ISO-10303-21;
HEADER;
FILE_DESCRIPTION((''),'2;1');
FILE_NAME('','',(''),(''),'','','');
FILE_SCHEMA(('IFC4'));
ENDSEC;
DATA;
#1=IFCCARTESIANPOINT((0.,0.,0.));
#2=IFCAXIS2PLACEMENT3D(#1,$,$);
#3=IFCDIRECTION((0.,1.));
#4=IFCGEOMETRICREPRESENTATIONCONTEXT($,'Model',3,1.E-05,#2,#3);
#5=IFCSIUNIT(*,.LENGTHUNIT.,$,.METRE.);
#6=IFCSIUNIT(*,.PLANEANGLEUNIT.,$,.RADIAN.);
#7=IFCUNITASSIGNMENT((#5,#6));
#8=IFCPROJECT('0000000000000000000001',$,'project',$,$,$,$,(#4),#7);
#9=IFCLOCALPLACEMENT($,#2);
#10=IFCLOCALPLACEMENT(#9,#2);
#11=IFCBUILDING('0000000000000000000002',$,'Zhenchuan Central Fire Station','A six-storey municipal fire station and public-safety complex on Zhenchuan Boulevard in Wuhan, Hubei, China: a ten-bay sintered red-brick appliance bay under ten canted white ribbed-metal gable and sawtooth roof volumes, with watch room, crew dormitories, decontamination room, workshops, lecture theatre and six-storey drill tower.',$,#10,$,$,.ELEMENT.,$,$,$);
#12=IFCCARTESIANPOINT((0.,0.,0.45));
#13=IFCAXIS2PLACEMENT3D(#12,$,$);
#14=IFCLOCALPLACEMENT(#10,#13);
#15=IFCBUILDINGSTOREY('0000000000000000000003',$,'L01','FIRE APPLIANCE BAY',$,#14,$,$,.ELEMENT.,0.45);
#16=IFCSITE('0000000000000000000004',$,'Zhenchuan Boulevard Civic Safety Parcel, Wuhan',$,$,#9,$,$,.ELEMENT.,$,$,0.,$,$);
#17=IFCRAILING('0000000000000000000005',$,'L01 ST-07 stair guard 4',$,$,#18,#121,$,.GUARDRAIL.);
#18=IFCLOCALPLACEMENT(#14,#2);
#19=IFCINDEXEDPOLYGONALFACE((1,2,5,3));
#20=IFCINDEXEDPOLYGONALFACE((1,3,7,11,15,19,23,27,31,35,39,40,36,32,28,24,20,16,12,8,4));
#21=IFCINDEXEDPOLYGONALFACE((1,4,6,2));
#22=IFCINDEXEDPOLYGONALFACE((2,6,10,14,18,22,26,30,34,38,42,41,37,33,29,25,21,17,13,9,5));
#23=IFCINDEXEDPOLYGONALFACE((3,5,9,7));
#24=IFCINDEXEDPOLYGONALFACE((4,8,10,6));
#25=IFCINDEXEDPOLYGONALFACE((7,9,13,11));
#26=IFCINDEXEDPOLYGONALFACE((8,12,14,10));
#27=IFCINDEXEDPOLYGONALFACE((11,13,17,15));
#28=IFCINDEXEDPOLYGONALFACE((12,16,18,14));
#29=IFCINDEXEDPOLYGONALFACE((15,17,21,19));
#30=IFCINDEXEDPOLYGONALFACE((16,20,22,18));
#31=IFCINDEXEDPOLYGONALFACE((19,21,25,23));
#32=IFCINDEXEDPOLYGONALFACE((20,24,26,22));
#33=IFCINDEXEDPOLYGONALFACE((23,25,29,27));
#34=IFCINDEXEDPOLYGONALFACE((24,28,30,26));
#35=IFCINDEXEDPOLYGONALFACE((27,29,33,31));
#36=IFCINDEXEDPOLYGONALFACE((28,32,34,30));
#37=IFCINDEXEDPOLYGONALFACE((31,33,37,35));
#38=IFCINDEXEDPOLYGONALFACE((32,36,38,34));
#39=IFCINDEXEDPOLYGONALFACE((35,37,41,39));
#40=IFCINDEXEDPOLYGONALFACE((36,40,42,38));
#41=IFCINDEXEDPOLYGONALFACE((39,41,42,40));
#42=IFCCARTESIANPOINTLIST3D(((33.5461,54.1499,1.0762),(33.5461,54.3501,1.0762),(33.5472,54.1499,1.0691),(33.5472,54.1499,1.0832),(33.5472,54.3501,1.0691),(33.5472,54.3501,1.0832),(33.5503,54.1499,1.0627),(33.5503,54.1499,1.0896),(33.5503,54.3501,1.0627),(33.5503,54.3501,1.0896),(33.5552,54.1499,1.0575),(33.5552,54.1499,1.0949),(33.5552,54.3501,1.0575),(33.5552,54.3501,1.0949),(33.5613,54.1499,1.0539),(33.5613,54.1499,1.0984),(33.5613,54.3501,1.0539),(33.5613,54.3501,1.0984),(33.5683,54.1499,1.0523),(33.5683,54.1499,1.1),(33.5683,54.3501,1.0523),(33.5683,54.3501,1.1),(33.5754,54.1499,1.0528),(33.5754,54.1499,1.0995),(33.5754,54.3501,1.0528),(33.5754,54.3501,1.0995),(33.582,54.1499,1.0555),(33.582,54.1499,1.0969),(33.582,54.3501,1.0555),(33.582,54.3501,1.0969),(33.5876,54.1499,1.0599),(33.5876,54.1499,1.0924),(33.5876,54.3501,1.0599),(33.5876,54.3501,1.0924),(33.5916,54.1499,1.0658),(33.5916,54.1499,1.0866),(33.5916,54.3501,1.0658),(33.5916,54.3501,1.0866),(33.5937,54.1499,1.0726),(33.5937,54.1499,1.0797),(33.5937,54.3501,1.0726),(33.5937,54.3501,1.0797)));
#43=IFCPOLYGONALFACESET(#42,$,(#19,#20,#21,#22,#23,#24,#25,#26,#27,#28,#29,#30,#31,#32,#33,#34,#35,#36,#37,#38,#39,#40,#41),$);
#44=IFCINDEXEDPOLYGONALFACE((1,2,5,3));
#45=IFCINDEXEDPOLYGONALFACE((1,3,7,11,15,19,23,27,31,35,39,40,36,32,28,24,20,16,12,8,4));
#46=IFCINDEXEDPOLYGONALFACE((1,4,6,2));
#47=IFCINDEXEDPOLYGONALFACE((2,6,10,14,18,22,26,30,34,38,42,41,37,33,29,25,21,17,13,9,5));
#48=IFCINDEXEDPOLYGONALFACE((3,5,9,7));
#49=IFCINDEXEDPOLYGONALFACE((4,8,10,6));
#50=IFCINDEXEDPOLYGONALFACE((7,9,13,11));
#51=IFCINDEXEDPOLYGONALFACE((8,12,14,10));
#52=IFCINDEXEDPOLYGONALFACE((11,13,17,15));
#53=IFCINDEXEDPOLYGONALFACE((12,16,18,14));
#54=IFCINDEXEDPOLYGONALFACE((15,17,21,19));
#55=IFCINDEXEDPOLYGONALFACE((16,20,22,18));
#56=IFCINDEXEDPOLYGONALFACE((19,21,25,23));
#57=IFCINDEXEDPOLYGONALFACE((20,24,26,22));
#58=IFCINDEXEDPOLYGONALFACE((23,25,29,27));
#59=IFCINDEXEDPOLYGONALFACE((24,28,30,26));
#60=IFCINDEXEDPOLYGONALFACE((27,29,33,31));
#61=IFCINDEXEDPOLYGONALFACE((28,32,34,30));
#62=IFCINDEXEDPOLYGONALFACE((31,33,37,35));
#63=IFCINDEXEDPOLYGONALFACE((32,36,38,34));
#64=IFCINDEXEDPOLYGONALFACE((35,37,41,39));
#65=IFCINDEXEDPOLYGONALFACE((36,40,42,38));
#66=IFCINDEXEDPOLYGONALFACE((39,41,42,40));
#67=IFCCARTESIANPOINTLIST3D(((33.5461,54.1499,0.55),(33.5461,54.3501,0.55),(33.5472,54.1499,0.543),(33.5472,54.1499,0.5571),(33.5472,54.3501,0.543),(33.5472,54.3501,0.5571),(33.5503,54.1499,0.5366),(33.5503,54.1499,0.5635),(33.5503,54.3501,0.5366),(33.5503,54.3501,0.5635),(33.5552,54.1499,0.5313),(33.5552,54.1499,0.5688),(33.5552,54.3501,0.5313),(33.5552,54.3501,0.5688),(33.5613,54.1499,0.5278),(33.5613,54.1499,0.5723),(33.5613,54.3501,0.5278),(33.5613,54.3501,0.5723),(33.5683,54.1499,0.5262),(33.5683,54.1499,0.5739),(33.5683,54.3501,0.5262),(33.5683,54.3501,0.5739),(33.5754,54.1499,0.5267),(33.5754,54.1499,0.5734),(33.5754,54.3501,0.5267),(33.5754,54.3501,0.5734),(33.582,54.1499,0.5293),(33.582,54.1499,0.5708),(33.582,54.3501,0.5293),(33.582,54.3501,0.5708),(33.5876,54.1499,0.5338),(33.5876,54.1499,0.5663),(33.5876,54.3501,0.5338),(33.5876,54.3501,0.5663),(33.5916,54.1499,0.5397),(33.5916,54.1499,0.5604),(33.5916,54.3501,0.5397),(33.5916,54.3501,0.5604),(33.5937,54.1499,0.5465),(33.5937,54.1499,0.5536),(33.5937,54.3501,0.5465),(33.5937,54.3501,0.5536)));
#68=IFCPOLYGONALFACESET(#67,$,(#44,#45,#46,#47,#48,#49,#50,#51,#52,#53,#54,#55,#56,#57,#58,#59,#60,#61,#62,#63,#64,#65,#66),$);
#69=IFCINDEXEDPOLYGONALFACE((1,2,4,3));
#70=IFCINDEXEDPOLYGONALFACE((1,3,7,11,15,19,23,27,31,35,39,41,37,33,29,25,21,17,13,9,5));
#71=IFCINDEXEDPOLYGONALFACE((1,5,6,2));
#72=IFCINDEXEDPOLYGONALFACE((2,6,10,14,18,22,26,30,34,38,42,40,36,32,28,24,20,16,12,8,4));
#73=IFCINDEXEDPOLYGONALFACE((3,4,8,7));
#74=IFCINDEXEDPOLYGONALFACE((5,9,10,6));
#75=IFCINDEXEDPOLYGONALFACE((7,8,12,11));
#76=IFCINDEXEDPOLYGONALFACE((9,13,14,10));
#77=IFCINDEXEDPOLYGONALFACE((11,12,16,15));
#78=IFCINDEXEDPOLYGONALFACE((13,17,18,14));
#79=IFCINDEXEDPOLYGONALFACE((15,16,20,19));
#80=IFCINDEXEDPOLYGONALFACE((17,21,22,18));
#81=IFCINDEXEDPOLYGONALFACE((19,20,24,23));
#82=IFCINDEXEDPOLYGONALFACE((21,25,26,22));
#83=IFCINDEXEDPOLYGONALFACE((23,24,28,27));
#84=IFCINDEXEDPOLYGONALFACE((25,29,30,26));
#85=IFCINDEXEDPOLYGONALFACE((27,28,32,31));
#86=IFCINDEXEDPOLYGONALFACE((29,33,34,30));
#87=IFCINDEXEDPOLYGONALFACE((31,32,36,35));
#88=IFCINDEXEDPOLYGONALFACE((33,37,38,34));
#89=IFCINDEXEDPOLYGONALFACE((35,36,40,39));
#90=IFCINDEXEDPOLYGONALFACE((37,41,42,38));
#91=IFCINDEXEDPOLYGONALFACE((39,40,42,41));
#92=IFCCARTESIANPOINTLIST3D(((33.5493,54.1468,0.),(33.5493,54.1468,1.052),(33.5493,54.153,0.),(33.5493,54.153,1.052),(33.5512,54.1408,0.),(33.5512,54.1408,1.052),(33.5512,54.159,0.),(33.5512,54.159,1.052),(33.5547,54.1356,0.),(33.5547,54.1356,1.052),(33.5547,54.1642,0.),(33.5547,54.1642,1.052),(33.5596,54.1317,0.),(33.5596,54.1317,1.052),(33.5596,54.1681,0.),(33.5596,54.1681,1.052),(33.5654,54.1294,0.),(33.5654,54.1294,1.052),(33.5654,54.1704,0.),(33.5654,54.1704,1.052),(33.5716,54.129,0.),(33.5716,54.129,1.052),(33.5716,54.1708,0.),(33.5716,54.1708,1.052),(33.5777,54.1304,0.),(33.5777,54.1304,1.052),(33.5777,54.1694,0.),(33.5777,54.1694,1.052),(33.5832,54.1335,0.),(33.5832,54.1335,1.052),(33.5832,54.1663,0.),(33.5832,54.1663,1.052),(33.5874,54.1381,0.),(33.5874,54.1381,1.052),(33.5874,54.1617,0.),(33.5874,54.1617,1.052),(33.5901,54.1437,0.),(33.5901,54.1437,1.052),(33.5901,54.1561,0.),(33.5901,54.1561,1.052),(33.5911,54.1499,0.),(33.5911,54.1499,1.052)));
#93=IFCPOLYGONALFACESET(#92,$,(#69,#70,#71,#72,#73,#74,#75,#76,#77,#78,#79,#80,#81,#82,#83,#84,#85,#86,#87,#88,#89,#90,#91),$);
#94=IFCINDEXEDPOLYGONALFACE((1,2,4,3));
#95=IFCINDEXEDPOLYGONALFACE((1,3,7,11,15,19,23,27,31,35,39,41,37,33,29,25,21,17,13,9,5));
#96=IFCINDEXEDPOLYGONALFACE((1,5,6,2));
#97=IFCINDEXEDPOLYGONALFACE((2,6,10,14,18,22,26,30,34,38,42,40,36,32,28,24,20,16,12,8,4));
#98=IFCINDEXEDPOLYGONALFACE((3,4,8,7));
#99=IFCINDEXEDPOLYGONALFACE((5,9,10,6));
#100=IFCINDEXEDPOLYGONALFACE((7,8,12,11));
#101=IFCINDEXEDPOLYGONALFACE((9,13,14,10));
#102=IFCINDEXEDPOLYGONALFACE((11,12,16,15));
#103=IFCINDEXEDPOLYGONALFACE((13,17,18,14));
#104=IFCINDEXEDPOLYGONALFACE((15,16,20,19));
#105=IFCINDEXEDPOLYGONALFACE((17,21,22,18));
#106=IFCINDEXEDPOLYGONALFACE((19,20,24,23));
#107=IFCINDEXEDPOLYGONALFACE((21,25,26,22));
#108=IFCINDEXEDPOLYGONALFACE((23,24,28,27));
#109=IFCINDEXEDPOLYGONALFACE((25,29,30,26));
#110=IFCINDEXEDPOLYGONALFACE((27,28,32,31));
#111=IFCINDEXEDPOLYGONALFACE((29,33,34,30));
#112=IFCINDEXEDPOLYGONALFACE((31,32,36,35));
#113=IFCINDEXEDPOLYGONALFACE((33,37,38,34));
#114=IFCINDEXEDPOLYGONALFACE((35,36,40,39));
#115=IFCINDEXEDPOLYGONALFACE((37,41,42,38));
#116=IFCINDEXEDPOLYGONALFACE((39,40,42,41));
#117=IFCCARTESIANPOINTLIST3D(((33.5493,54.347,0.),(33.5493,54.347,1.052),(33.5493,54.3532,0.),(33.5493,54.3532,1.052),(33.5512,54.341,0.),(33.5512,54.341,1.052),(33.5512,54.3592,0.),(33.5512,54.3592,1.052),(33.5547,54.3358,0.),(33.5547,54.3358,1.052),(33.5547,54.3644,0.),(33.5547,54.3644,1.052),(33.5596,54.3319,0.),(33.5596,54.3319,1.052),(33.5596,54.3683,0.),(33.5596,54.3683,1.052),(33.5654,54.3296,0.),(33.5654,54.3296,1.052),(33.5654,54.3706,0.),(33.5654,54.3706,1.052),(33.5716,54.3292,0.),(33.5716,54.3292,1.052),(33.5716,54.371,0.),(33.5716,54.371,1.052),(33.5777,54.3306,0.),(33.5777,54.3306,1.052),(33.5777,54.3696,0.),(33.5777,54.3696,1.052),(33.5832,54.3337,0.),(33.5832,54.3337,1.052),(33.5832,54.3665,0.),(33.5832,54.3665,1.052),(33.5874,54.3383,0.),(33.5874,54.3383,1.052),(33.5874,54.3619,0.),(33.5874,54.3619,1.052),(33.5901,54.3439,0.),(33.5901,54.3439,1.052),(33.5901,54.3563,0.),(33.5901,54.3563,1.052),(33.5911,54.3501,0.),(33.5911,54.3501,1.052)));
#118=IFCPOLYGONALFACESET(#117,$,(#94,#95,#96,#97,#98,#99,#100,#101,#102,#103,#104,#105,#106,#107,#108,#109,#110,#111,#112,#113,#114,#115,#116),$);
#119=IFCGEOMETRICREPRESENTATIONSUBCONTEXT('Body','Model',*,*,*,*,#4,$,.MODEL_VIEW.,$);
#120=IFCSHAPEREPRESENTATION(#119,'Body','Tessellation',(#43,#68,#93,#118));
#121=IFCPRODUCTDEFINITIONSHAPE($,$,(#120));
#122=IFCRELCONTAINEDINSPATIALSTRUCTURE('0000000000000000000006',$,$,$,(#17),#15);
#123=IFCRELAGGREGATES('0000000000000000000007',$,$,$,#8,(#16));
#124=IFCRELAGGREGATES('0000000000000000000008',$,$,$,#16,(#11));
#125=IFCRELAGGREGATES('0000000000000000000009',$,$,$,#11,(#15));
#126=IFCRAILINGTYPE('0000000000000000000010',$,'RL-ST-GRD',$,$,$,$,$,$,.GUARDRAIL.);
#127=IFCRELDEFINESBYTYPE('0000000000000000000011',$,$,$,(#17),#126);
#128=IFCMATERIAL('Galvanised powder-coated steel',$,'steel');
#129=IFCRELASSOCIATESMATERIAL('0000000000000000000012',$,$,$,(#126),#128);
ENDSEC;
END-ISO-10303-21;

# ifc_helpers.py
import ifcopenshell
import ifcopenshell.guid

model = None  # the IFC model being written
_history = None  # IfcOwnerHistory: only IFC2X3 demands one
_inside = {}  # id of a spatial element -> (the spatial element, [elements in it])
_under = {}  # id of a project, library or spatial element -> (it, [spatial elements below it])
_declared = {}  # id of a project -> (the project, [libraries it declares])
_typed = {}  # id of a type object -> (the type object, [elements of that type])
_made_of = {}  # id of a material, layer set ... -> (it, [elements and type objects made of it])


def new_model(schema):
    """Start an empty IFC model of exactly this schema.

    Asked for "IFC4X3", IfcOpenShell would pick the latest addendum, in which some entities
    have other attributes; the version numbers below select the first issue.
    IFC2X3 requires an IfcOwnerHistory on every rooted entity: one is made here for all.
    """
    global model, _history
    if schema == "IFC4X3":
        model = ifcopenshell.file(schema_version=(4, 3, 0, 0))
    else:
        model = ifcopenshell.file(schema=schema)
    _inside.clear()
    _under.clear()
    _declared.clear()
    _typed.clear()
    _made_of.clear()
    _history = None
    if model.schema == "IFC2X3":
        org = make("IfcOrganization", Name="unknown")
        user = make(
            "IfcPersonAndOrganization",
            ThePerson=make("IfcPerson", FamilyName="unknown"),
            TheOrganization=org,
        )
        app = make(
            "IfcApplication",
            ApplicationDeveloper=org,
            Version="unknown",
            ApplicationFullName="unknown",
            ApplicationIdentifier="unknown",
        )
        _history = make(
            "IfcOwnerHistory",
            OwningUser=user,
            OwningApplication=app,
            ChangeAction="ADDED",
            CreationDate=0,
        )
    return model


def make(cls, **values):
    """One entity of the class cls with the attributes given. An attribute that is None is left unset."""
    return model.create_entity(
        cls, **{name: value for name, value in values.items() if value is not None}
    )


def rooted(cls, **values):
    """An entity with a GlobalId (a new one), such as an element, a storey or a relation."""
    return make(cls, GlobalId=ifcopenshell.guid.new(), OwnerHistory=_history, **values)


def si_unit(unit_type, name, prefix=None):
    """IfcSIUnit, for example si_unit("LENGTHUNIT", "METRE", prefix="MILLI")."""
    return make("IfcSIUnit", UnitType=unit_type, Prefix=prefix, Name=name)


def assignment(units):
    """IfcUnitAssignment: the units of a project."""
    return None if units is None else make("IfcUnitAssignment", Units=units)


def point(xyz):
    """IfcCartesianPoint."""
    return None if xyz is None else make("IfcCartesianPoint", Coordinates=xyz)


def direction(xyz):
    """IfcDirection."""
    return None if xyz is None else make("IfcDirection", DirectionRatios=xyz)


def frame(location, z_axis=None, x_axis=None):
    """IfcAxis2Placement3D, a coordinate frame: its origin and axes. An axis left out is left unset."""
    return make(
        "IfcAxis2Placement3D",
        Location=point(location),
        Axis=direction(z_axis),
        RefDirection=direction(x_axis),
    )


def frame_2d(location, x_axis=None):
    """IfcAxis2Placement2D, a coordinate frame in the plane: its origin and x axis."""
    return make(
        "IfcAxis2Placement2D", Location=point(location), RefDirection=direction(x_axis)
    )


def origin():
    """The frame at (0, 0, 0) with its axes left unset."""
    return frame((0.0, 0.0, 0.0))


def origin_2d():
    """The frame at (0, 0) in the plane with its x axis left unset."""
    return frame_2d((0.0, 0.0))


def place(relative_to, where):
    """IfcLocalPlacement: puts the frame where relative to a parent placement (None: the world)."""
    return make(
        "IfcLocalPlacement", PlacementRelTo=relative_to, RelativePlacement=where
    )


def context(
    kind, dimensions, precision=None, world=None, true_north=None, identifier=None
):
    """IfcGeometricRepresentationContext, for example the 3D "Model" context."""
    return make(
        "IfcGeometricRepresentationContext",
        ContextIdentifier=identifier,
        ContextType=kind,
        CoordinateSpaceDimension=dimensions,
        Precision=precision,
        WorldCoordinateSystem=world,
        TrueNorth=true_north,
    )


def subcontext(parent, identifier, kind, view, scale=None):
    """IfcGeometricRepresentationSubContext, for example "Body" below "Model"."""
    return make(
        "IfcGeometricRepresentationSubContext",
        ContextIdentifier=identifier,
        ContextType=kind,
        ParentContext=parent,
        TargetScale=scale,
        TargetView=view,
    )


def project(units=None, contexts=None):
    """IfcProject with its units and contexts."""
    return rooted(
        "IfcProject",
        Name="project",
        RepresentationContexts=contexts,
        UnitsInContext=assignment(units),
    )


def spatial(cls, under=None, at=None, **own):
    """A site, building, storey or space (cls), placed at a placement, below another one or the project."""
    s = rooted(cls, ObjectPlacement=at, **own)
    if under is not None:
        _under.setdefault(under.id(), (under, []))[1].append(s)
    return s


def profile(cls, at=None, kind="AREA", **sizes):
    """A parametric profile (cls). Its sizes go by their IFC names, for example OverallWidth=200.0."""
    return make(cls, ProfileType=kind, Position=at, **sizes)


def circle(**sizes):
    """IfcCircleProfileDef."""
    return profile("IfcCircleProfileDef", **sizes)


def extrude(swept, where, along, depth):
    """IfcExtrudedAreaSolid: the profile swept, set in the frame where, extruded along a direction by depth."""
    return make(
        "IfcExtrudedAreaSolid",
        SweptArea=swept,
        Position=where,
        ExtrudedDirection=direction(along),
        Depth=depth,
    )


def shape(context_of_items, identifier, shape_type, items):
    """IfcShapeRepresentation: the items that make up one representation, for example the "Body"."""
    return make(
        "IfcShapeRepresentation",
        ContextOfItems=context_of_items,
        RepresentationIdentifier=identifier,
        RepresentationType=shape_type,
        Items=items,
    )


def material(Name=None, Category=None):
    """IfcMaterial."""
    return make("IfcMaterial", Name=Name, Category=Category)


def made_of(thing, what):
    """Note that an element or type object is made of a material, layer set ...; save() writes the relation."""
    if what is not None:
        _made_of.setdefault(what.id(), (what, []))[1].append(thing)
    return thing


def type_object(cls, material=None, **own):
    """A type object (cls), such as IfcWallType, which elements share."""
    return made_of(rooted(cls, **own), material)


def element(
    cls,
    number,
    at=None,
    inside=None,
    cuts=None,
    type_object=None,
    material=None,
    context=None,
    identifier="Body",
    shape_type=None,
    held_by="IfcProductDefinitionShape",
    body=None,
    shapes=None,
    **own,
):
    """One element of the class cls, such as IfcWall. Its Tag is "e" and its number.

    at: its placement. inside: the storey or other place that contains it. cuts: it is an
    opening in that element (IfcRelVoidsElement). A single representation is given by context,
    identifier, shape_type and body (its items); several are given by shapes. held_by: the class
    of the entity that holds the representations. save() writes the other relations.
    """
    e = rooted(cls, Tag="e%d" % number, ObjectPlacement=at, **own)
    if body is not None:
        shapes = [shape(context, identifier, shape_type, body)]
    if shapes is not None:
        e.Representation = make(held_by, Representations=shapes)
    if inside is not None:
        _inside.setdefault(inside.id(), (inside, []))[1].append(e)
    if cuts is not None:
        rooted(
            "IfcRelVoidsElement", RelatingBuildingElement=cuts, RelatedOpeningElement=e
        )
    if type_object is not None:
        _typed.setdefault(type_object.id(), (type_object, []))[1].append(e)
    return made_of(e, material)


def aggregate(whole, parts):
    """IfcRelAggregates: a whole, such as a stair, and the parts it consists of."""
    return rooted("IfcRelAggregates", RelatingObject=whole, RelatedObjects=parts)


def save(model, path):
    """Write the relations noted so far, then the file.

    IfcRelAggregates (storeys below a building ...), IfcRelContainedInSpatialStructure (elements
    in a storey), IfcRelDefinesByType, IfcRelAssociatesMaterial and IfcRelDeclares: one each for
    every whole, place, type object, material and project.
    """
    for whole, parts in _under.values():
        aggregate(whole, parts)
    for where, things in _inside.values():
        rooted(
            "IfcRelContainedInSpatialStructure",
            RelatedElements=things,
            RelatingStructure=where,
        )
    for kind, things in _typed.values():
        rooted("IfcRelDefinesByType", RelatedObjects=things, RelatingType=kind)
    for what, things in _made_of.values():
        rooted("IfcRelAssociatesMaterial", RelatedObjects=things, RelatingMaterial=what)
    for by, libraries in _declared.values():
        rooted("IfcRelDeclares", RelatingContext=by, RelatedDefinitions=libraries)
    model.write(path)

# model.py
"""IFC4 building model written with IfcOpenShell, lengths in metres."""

from ifc_helpers import new_model, si_unit, direction, frame, origin, origin_2d, place, context, subcontext, project, spatial, circle, extrude, material, type_object, element, save


model = new_model("IFC4")

# Units and contexts
model_context = context("Model", 3, precision=1e-05, world=origin(), true_north=direction((0.0, 1.0)))
body_context = subcontext(model_context, "Body", "Model", "MODEL_VIEW")
ifc_project = project(units=[si_unit("LENGTHUNIT", "METRE"), si_unit("PLANEANGLEUNIT", "RADIAN")], contexts=[model_context])

# Site, building, storey
site_placement = place(None, origin())
site = spatial("IfcSite", under=ifc_project, at=site_placement, Name="Zhenchuan Boulevard Civic Safety Parcel, Wuhan", CompositionType="ELEMENT", RefElevation=0.0)
building_placement = place(site_placement, origin())
building = spatial("IfcBuilding", under=site, at=building_placement, Name="Zhenchuan Central Fire Station", Description="A six-storey municipal fire station and public-safety complex on Zhenchuan Boulevard in Wuhan, Hubei, China: a ten-bay sintered red-brick appliance bay under ten canted white ribbed-metal gable and sawtooth roof volumes, with watch room, crew dormitories, decontamination room, workshops, lecture theatre and six-storey drill tower.", CompositionType="ELEMENT")
storey_placement = place(building_placement, frame((0.0, 0.0, 0.45)))
storey = spatial("IfcBuildingStorey", under=building, at=storey_placement, Name="L01", Description="FIRE APPLIANCE BAY", CompositionType="ELEMENT", Elevation=0.45)

# Railing
ifc_material_1 = material(Name="Galvanised powder-coated steel", Category="steel")
railing_type_1 = type_object("IfcRailingType", Name="RL-ST-GRD", PredefinedType="GUARDRAIL", material=ifc_material_1)
railing_1_placement = place(storey_placement, frame((33.5701, 54.1499, 0.0)))
element("IfcRailing", 1, at=railing_1_placement, inside=storey, type_object=railing_type_1, Name="L01 ST-07 stair guard 4", PredefinedType="GUARDRAIL", context=body_context, shape_type="SweptSolid", body=[
    extrude(circle(Radius=0.0239, at=origin_2d()), frame((0.0, 0.0, 1.0762), z_axis=(0.0, 1.0, 0.0), x_axis=(-1.0, 0.0, 0.0)), (0.0, 0.0, 1.0), 0.2002),
    extrude(circle(Radius=0.0239, at=origin_2d()), frame((0.0, 0.0, 0.55), z_axis=(0.0, 1.0, 0.0), x_axis=(-1.0, 0.0, 0.0)), (0.0, 0.0, 1.0), 0.2002),
    extrude(circle(Radius=0.021, at=origin_2d()), origin(), (0.0, 0.0, 1.0), 1.052),
    extrude(circle(Radius=0.021, at=origin_2d()), frame((0.0, 0.2002, 0.0)), (0.0, 0.0, 1.0), 1.052),
])

save(model, "model.ifc")
